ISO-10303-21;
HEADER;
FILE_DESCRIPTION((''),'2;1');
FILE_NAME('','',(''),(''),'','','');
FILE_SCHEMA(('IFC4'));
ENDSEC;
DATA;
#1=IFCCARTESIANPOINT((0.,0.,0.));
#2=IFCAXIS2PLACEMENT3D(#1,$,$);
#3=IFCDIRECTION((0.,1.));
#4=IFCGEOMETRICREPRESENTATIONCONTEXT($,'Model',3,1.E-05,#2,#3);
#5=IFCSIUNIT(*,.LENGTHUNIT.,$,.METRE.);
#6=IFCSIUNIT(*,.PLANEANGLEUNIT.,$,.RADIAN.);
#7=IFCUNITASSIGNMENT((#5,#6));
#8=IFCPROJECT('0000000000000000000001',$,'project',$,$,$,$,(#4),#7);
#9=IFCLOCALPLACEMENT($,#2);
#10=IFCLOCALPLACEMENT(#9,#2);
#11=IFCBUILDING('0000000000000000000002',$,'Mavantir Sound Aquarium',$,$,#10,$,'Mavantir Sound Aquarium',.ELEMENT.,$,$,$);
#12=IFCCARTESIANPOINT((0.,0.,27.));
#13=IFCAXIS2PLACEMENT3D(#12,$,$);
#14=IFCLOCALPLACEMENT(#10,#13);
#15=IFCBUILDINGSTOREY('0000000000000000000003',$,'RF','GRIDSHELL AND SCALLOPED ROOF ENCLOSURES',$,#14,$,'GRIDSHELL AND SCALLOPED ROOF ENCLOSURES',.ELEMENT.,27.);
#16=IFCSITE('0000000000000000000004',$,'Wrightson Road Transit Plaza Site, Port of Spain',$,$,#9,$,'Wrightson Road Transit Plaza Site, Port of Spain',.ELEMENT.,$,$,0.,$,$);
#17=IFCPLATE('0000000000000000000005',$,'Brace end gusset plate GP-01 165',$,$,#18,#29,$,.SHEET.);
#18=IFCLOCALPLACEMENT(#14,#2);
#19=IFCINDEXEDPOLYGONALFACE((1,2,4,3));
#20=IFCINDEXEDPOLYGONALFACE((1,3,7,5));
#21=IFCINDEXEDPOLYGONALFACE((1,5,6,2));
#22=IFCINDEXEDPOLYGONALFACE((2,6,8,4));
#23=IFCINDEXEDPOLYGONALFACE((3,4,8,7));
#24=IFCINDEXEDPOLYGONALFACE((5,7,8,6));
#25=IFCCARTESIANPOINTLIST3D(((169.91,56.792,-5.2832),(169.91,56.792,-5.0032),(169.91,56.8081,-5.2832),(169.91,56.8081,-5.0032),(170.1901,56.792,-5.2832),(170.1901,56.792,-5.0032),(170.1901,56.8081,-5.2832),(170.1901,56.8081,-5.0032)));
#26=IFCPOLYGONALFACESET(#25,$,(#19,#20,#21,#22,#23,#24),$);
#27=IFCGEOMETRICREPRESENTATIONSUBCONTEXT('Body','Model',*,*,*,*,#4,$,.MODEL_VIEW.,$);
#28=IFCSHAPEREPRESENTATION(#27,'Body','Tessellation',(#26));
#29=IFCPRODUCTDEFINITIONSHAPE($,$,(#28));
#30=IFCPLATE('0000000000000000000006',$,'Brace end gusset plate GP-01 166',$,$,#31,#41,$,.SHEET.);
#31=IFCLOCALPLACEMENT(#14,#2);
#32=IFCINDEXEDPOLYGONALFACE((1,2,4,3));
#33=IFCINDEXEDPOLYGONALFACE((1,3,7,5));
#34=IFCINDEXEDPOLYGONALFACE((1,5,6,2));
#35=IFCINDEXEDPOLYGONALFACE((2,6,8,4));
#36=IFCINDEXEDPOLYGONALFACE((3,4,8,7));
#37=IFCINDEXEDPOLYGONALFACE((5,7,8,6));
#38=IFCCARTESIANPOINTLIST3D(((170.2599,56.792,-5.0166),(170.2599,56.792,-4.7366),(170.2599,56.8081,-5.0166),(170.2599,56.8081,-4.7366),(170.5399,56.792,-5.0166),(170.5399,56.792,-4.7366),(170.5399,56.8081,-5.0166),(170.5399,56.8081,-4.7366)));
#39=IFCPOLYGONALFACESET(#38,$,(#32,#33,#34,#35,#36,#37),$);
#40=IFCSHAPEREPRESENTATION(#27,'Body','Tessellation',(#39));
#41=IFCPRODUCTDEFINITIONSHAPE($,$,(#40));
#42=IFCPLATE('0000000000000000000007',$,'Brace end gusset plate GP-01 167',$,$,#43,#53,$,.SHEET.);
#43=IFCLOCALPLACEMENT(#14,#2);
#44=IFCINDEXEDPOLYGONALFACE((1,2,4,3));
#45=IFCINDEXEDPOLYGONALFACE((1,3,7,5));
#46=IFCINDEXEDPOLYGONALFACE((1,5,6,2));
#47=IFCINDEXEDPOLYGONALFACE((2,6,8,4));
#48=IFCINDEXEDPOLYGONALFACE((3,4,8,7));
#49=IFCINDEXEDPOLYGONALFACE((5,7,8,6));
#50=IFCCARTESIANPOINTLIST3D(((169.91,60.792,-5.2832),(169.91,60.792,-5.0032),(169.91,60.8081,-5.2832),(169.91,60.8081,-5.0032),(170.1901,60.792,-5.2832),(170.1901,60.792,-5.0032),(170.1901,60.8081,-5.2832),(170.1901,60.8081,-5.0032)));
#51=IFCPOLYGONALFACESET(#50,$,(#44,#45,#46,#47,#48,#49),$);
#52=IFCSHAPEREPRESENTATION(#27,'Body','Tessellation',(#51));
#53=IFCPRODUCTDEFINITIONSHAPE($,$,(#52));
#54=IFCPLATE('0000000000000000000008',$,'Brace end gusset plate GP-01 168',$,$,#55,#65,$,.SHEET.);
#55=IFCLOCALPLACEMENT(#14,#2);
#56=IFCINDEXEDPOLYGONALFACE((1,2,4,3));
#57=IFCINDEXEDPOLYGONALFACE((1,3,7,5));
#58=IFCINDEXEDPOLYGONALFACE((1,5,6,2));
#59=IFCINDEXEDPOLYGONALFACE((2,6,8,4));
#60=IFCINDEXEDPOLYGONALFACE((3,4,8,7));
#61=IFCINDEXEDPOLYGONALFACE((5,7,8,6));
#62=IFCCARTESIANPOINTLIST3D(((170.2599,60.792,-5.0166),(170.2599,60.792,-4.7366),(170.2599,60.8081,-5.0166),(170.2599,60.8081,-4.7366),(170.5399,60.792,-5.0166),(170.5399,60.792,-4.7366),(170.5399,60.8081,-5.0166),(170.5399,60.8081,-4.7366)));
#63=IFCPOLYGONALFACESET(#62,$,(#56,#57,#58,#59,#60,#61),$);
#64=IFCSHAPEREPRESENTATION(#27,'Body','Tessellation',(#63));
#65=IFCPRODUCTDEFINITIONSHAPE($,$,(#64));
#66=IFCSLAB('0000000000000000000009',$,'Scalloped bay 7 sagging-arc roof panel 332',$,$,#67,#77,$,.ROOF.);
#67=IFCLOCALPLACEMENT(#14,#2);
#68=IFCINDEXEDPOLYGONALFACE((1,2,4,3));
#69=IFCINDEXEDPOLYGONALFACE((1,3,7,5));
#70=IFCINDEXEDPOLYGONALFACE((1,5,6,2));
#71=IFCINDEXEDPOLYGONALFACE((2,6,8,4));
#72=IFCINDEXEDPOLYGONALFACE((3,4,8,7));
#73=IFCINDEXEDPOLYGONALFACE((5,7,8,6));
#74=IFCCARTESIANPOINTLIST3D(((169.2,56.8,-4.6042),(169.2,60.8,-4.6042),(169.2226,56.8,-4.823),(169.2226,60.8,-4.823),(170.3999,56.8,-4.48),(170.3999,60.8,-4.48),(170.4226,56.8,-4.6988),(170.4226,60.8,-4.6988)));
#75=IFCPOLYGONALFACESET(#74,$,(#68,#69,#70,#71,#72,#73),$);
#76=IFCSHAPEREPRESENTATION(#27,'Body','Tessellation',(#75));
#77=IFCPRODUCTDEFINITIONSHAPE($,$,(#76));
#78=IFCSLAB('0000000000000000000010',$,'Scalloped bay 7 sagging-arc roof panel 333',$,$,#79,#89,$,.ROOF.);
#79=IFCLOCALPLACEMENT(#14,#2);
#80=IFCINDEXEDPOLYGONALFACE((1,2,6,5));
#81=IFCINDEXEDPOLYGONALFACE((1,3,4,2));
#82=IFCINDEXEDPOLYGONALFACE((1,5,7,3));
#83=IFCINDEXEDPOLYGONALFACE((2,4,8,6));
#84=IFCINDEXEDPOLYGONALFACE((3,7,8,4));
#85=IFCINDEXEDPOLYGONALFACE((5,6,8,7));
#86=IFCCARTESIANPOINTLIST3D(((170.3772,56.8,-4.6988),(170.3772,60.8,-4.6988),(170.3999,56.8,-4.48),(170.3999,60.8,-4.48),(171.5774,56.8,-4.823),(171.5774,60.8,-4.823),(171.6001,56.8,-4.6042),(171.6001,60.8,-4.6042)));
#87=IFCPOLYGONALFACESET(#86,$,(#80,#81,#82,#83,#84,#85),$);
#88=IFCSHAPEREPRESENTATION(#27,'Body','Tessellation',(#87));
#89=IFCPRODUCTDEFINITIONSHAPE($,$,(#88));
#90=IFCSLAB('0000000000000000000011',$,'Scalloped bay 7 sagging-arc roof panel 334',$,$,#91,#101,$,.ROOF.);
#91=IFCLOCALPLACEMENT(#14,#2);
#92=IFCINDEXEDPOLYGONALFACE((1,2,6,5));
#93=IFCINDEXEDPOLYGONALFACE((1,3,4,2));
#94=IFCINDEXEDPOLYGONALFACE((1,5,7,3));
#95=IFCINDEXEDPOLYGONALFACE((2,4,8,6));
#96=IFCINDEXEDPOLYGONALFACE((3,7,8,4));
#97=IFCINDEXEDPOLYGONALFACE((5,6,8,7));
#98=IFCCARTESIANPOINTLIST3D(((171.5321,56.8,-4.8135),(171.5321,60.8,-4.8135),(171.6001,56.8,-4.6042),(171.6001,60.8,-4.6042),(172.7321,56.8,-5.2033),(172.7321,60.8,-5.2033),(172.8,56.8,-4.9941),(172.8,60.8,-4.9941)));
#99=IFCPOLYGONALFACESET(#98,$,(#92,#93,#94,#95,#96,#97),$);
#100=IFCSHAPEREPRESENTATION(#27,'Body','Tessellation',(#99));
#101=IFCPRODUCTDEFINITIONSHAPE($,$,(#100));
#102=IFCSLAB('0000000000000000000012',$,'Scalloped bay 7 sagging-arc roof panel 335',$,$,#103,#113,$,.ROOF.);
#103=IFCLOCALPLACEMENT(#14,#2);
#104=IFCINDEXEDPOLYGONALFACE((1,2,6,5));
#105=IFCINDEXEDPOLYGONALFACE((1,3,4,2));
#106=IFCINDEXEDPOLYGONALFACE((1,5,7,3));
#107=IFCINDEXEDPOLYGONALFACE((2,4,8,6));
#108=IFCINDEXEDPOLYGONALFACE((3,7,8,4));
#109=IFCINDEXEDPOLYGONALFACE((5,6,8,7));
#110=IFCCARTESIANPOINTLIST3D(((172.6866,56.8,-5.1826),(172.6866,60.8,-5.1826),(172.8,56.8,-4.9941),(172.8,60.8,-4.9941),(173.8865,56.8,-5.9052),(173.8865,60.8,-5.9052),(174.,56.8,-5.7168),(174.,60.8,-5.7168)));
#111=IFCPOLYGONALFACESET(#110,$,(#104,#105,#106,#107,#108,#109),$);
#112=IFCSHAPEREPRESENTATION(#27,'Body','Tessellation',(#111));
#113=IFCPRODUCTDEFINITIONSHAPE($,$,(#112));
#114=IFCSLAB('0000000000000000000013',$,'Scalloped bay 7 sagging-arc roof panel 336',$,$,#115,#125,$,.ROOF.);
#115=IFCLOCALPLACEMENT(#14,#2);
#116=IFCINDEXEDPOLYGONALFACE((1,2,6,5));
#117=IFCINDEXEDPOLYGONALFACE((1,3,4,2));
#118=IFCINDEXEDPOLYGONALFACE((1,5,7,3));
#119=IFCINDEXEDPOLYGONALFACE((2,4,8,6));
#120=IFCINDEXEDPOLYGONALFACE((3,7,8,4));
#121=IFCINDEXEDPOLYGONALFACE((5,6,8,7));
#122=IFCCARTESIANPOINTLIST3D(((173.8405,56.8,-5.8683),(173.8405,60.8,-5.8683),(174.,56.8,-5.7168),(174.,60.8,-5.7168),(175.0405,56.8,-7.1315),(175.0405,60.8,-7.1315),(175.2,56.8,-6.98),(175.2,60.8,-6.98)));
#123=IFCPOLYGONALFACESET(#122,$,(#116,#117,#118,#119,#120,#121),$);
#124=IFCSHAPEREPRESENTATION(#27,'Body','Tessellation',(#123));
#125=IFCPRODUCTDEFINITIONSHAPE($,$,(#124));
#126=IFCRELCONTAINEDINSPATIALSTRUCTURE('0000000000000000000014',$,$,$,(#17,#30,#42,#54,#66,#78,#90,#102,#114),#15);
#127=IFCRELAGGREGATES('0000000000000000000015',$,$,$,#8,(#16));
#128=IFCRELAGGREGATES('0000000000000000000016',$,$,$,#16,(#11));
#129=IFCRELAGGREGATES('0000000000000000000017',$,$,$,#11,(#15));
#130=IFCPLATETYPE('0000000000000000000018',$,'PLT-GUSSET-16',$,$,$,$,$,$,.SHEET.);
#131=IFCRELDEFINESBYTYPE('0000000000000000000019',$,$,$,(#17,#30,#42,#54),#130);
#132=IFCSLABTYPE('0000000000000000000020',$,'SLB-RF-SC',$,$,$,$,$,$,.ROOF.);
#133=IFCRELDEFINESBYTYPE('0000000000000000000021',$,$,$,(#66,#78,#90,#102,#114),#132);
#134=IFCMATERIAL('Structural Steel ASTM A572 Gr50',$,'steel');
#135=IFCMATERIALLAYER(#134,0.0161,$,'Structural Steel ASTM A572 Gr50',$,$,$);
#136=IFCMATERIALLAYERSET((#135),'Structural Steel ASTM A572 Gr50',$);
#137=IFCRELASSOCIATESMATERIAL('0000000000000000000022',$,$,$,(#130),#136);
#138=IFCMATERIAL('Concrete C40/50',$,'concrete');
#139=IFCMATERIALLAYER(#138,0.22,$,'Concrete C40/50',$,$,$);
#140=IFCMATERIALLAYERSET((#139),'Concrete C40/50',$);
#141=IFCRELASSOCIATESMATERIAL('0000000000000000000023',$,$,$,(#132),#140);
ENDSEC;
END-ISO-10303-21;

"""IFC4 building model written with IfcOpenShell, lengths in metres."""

from ifc_helpers import new_model, si_unit, direction, frame, origin, origin_2d, place, context, subcontext, project, spatial, polyline, rectangle, outline, extrude, material, layer, layer_set, type_object, element, save


model = new_model("IFC4")

# Units and contexts
model_context = context("Model", 3, precision=1e-05, world=origin(), true_north=direction((0.0, 1.0)))
body_context = subcontext(model_context, "Body", "Model", "MODEL_VIEW")
ifc_project = project(units=[si_unit("LENGTHUNIT", "METRE"), si_unit("PLANEANGLEUNIT", "RADIAN")], contexts=[model_context])

# Site, building, storey
site_placement = place(None, origin())
site = spatial("IfcSite", under=ifc_project, at=site_placement, Name="Wrightson Road Transit Plaza Site, Port of Spain", LongName="Wrightson Road Transit Plaza Site, Port of Spain", CompositionType="ELEMENT", RefElevation=0.0)
building_placement = place(site_placement, origin())
building = spatial("IfcBuilding", under=site, at=building_placement, Name="Mavantir Sound Aquarium", LongName="Mavantir Sound Aquarium", CompositionType="ELEMENT")
storey_placement = place(building_placement, frame((0.0, 0.0, 27.0)))
storey = spatial("IfcBuildingStorey", under=building, at=storey_placement, Name="RF", Description="GRIDSHELL AND SCALLOPED ROOF ENCLOSURES", LongName="GRIDSHELL AND SCALLOPED ROOF ENCLOSURES", CompositionType="ELEMENT", Elevation=27.0)

# Shared definitions
ifc_material_1 = material(Name="Concrete C40/50", Category="concrete")

# Plates
ifc_material_2 = material(Name="Structural Steel ASTM A572 Gr50", Category="steel")
ifc_layer_1 = layer(ifc_material_2, 0.0161, Name="Structural Steel ASTM A572 Gr50")
ifc_layer_set_1 = layer_set([ifc_layer_1], Name="Structural Steel ASTM A572 Gr50")
plate_type_1 = type_object("IfcPlateType", Name="PLT-GUSSET-16", PredefinedType="SHEET", material=ifc_layer_set_1)
for number, where, z_axis, x_axis, name in (
    (1, (170.05, 56.8, -5.2832), (0.0, 0.0, 1.0), (1.0, 0.0, 0.0), "Brace end gusset plate GP-01 165"),
    (2, (170.3999, 56.8, -5.0166), (0.0, 0.0, 1.0), (1.0, 0.0, 0.0), "Brace end gusset plate GP-01 166"),
    (3, (170.05, 60.8, -5.2832), (0.0, 0.0, 1.0), (1.0, 0.0, 0.0), "Brace end gusset plate GP-01 167"),
    (4, (170.3999, 60.8, -5.0166), (0.0, 0.0, 1.0), (1.0, 0.0, 0.0), "Brace end gusset plate GP-01 168"),
):
    element("IfcPlate", number, at=place(storey_placement, frame(where, z_axis=z_axis, x_axis=x_axis)), inside=storey, type_object=plate_type_1, Name=name, PredefinedType="SHEET", context=body_context, shape_type="SweptSolid", body=[
        extrude(rectangle(XDim=0.28, YDim=0.0161, at=origin_2d()), origin(), (0.0, 0.0, 1.0), 0.28),
    ])

# Slabs
ifc_layer_2 = layer(ifc_material_1, 0.22, Name="Concrete C40/50")
ifc_layer_set_2 = layer_set([ifc_layer_2], Name="Concrete C40/50")
slab_type = type_object("IfcSlabType", Name="SLB-RF-SC", PredefinedType="ROOF", material=ifc_layer_set_2)
slab_1_placement = place(storey_placement, frame((169.2, 56.8, -4.6042), z_axis=(-0.10301, 0.0, 0.99468), x_axis=(0.99468, 0.0, 0.10301)))
element("IfcSlab", 5, at=slab_1_placement, inside=storey, type_object=slab_type, Name="Scalloped bay 7 sagging-arc roof panel 332", PredefinedType="ROOF", context=body_context, shape_type="SweptSolid", body=[
    extrude(outline(polyline([(0.0, 0.0), (1.2064, 0.0), (1.2064, 4.0), (0.0, 4.0), (0.0, 0.0)])), origin(), (0.0, 0.0, -1.0), 0.22),
])
slab_2_placement = place(storey_placement, frame((170.3999, 56.8, -4.48), z_axis=(0.102989, 0.0, 0.994683), x_axis=(0.994683, 0.0, -0.102989)))
element("IfcSlab", 6, at=slab_2_placement, inside=storey, type_object=slab_type, Name="Scalloped bay 7 sagging-arc roof panel 333", PredefinedType="ROOF", context=body_context, shape_type="SweptSolid", body=[
    extrude(outline(polyline([(0.0, 0.0), (1.2066, 0.0), (1.2066, 4.0), (0.0, 4.0), (0.0, 0.0)])), origin(), (0.0, 0.0, -1.0), 0.22),
])
slab_3_placement = place(storey_placement, frame((171.6001, 56.8, -4.6042), z_axis=(0.30902, 0.0, 0.951055), x_axis=(0.951055, 0.0, -0.30902)))
element("IfcSlab", 7, at=slab_3_placement, inside=storey, type_object=slab_type, Name="Scalloped bay 7 sagging-arc roof panel 334", PredefinedType="ROOF", context=body_context, shape_type="SweptSolid", body=[
    extrude(outline(polyline([(0.0, 0.0), (1.2617, 0.0), (1.2617, 4.0), (0.0, 4.0), (0.0, 0.0)])), origin(), (0.0, 0.0, -1.0), 0.22),
])
slab_4_placement = place(storey_placement, frame((172.8, 56.8, -4.9941), z_axis=(0.515905, 0.0, 0.856646), x_axis=(0.856646, 0.0, -0.515905)))
element("IfcSlab", 8, at=slab_4_placement, inside=storey, type_object=slab_type, Name="Scalloped bay 7 sagging-arc roof panel 335", PredefinedType="ROOF", context=body_context, shape_type="SweptSolid", body=[
    extrude(outline(polyline([(0.0, 0.0), (1.4008, 0.0), (1.4008, 4.0), (0.0, 4.0), (0.0, 0.0)])), origin(), (0.0, 0.0, -1.0), 0.22),
])
slab_5_placement = place(storey_placement, frame((174.0, 56.8, -5.7168), z_axis=(0.72502, 0.0, 0.688727), x_axis=(0.688727, 0.0, -0.72502)))
element("IfcSlab", 9, at=slab_5_placement, inside=storey, type_object=slab_type, Name="Scalloped bay 7 sagging-arc roof panel 336", PredefinedType="ROOF", context=body_context, shape_type="SweptSolid", body=[
    extrude(outline(polyline([(0.0, 0.0), (1.7423, 0.0), (1.7423, 4.0), (0.0, 4.0), (0.0, 0.0)])), origin(), (0.0, 0.0, -1.0), 0.22),
])

save(model, "model.ifc")
